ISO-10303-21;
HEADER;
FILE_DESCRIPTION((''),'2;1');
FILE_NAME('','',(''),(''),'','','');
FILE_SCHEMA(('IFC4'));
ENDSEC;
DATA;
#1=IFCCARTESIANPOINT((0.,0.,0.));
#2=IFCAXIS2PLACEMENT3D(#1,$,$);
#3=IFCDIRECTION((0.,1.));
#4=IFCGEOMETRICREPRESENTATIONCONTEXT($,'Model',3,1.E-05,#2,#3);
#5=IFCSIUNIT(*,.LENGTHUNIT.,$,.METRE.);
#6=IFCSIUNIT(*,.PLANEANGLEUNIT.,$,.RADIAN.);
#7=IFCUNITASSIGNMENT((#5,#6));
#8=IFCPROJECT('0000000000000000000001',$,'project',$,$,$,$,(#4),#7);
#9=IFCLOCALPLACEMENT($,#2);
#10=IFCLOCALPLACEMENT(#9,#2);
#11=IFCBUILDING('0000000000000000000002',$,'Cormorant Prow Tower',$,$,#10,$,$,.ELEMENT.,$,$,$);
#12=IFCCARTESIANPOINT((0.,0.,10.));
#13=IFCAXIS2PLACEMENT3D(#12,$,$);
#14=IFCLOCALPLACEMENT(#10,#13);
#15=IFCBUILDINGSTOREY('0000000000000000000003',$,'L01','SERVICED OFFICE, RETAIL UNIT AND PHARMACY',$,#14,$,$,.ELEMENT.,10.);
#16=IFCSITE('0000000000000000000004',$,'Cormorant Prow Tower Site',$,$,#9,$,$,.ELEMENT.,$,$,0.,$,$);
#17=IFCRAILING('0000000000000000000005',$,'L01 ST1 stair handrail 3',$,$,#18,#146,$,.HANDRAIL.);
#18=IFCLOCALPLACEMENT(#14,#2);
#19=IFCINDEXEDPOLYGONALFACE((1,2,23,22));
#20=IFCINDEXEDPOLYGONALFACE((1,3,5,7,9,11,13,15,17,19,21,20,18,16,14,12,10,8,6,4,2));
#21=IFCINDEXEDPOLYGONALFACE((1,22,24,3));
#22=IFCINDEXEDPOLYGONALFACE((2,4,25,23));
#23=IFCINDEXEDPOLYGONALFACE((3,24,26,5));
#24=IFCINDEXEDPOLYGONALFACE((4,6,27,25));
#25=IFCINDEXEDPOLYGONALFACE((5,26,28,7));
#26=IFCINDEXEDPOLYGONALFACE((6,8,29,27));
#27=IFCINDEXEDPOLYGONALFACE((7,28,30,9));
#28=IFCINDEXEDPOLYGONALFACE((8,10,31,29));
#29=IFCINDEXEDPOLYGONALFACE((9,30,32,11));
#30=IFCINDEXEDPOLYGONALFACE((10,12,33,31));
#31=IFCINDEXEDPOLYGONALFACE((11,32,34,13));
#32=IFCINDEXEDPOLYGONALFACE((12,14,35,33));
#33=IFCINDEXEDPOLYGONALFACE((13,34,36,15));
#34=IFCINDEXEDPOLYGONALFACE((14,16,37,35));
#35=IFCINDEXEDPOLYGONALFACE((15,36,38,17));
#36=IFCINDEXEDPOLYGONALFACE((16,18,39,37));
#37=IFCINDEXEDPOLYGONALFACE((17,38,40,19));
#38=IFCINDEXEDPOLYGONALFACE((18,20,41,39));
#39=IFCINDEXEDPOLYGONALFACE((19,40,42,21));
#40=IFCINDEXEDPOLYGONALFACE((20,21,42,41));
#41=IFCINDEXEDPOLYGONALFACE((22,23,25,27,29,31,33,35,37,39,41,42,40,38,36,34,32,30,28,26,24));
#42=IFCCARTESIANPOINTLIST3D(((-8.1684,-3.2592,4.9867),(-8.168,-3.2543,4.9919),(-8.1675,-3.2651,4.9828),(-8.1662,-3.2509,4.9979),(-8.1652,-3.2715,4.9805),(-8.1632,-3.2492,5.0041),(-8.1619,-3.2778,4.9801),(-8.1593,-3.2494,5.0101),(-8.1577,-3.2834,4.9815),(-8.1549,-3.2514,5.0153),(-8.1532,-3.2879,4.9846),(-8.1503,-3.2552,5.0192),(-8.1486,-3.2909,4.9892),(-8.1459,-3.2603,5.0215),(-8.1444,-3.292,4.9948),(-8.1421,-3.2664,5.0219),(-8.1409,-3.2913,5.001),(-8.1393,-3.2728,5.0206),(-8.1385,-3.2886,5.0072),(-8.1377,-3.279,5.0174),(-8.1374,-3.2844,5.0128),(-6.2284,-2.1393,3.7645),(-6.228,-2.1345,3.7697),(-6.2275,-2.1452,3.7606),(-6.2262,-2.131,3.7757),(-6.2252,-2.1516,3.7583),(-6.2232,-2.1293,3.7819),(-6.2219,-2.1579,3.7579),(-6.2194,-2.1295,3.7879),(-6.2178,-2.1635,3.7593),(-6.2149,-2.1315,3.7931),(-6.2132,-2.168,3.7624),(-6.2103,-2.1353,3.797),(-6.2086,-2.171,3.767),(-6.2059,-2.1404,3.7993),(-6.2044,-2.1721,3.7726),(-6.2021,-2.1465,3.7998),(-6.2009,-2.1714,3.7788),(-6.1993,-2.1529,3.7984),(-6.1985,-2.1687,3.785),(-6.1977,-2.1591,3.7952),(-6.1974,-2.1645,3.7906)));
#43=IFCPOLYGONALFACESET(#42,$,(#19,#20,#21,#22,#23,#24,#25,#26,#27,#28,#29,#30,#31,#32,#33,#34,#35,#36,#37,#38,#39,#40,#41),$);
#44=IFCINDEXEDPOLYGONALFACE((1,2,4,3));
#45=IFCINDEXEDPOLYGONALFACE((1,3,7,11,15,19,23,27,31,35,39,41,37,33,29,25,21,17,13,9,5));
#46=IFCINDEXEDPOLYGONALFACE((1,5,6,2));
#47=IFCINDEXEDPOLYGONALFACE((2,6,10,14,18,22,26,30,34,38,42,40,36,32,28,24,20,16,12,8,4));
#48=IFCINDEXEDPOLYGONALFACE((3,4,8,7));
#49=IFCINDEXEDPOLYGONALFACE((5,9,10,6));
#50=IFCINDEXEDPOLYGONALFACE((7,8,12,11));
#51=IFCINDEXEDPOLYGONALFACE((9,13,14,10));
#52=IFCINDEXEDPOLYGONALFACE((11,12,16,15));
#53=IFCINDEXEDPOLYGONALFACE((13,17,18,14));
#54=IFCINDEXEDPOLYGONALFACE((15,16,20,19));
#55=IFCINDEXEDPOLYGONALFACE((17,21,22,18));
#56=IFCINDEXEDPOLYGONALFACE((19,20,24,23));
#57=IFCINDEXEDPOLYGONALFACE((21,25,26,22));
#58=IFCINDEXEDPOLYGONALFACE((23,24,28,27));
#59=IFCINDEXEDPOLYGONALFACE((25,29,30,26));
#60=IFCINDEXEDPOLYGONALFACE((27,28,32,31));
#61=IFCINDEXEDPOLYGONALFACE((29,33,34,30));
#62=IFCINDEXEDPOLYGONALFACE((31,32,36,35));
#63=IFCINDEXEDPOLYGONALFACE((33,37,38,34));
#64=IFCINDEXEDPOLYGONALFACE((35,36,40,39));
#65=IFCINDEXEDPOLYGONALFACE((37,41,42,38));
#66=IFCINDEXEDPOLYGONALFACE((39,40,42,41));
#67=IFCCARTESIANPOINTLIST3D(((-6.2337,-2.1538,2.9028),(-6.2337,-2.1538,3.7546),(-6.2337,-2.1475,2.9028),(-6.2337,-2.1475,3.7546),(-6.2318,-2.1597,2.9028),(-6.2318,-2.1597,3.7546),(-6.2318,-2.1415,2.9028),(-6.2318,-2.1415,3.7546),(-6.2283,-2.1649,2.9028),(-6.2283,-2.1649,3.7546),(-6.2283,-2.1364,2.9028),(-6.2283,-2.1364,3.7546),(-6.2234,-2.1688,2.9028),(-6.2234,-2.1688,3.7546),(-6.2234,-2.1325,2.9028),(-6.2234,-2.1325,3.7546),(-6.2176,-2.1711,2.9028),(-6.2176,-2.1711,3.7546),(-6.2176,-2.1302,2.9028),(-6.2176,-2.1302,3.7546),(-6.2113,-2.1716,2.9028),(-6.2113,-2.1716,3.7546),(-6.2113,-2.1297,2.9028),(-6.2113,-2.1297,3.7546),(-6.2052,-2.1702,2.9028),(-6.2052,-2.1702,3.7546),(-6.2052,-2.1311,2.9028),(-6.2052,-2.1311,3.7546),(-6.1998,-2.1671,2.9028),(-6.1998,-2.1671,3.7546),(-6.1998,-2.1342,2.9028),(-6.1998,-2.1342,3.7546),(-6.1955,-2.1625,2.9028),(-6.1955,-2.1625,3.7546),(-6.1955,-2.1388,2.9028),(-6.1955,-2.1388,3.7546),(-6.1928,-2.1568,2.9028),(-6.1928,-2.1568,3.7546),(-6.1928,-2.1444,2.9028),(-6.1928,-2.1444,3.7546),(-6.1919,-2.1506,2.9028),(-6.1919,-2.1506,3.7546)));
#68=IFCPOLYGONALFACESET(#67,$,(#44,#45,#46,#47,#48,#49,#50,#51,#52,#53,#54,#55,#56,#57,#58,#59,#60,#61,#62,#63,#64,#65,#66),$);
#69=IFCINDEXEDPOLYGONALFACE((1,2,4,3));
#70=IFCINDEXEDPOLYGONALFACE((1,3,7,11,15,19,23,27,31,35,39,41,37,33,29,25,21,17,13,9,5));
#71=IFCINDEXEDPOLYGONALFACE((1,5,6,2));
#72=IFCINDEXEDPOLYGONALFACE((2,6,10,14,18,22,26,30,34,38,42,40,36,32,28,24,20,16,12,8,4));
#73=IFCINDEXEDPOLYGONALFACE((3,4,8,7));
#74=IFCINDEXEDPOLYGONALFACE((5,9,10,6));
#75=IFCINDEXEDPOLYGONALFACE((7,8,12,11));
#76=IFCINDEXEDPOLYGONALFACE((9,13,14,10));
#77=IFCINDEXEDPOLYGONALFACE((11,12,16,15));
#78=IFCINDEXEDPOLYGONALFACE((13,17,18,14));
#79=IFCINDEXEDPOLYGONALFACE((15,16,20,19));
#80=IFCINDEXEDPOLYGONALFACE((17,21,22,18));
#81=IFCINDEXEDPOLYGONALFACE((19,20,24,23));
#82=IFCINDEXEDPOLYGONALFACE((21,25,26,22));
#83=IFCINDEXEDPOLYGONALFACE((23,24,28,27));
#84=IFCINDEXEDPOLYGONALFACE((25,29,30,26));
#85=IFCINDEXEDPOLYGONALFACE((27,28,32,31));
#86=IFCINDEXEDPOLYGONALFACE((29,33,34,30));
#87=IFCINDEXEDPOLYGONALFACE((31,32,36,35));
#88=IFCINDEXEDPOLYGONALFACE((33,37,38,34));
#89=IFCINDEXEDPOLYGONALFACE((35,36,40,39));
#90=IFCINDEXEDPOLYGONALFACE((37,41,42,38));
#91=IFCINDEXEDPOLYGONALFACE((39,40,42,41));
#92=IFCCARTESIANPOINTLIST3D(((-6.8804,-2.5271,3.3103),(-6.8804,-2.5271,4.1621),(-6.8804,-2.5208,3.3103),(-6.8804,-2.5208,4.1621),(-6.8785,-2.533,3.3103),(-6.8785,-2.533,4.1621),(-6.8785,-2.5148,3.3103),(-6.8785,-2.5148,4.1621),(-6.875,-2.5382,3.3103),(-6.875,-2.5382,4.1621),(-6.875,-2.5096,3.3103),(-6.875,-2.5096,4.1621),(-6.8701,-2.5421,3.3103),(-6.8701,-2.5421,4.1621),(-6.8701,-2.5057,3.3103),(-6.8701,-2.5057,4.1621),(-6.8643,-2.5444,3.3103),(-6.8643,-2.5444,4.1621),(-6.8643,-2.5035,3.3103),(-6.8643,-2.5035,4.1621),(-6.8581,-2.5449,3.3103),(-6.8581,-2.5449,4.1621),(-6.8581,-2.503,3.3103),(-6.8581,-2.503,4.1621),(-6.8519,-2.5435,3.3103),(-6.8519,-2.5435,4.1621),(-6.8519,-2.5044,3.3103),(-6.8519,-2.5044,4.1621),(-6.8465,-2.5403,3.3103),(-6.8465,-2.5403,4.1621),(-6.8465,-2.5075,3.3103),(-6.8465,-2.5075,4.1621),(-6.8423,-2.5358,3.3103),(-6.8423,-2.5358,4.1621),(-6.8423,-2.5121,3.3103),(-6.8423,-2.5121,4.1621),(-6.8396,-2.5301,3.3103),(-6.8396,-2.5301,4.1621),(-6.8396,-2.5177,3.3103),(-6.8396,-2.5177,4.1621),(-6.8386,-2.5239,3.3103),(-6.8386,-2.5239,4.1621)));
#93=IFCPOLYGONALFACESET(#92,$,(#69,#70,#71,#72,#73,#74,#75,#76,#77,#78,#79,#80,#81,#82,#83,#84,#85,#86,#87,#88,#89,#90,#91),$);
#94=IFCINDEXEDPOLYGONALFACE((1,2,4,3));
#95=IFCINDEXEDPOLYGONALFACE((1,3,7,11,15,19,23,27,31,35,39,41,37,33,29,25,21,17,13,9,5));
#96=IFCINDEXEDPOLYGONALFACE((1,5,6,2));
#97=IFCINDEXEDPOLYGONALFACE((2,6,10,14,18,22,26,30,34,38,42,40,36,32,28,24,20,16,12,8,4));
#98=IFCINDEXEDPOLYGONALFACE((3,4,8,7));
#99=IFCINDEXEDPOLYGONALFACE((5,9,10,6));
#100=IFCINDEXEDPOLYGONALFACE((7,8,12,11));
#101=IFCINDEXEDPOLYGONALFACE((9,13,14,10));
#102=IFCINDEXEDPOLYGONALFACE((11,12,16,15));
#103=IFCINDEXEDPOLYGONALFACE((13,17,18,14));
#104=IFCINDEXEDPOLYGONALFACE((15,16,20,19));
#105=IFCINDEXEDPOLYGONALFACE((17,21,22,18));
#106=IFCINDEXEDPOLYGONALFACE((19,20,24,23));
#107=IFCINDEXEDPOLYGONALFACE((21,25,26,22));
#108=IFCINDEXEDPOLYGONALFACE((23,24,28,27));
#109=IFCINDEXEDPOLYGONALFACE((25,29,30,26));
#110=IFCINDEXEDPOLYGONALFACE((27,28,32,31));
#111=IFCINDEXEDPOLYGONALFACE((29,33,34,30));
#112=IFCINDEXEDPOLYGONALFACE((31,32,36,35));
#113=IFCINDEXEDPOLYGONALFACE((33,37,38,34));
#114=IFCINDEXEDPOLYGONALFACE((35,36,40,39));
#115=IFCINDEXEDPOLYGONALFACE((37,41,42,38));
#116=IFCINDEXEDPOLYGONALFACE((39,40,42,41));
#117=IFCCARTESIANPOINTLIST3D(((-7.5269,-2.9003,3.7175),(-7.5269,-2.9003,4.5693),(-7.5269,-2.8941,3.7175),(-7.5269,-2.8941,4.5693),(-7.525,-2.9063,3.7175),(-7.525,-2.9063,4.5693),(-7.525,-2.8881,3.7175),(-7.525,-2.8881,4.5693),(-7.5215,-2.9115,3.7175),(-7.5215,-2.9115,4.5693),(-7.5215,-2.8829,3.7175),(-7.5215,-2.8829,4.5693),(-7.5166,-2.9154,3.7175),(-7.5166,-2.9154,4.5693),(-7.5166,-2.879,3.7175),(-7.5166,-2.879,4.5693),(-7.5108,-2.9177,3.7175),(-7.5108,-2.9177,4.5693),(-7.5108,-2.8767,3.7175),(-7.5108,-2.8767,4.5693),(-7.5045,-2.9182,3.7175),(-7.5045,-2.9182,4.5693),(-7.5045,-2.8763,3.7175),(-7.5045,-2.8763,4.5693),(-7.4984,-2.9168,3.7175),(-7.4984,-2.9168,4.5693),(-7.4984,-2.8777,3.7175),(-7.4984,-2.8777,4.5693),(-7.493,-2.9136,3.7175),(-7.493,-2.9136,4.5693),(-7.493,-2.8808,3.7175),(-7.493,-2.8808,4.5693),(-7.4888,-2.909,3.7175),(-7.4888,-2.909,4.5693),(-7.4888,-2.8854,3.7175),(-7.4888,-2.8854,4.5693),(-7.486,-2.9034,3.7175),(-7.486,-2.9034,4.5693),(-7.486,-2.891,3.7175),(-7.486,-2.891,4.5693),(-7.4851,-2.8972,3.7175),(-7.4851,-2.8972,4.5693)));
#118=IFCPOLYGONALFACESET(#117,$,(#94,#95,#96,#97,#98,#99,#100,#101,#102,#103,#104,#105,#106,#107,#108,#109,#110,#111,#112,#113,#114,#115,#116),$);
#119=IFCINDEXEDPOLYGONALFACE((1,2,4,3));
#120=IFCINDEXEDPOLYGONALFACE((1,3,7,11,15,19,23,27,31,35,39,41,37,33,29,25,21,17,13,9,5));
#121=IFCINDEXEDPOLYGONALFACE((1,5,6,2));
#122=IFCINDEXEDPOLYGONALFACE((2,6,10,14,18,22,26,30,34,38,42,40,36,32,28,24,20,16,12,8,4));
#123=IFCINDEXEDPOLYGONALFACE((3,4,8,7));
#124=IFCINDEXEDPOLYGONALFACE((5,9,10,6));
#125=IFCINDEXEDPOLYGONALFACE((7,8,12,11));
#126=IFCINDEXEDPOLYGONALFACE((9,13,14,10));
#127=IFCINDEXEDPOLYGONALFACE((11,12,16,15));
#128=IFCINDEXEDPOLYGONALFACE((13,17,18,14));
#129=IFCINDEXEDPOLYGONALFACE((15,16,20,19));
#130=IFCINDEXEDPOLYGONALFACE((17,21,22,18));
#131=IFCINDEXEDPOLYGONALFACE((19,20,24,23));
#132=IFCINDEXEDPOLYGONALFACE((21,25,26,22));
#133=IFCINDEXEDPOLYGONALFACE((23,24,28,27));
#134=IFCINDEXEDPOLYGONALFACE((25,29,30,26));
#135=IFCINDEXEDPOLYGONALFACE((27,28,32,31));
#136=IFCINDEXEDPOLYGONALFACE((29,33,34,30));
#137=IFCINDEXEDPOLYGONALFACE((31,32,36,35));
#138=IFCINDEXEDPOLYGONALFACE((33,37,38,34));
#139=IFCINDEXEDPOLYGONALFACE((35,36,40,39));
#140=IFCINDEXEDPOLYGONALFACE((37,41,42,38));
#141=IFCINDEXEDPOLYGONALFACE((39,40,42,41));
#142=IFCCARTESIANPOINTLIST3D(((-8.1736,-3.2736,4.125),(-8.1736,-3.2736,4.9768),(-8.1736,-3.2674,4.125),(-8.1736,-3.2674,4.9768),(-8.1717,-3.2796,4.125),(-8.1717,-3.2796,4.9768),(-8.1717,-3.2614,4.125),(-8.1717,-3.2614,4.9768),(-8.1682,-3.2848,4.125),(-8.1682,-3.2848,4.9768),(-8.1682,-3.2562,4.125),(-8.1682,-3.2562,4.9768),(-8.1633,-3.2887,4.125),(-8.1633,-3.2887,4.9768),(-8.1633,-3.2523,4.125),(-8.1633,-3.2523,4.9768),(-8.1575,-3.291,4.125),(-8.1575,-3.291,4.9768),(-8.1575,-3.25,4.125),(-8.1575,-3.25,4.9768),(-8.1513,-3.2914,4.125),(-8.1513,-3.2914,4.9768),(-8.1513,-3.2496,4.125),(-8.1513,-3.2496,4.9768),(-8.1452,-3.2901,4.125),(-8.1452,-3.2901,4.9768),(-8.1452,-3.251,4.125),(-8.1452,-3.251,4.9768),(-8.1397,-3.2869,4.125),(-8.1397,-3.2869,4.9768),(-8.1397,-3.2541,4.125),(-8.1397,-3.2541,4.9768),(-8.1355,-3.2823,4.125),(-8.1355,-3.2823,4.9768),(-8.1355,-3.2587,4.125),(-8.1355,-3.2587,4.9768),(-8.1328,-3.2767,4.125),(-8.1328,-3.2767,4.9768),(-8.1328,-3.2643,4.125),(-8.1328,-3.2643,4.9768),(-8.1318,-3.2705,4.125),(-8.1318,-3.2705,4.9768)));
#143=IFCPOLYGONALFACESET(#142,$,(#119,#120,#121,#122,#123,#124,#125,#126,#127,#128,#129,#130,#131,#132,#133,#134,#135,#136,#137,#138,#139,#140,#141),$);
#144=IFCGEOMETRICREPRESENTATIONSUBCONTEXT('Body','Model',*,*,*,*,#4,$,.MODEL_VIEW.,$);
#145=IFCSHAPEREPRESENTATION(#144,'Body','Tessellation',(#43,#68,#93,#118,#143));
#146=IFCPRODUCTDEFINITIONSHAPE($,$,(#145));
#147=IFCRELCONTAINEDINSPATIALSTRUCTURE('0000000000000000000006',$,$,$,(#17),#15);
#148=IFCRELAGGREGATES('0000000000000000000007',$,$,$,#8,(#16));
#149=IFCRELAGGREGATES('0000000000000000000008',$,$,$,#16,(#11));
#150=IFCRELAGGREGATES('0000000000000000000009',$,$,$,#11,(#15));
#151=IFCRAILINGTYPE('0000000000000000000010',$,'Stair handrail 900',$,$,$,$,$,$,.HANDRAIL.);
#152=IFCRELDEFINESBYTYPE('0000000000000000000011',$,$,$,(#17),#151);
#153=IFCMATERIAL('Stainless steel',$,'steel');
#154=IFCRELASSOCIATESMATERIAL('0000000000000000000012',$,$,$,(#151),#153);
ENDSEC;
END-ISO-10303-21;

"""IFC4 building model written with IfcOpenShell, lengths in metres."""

from ifc_helpers import new_model, si_unit, direction, frame, origin, origin_2d, place, context, subcontext, project, spatial, circle, extrude, material, type_object, element, save


model = new_model("IFC4")

# Units and contexts
model_context = context("Model", 3, precision=1e-05, world=origin(), true_north=direction((0.0, 1.0)))
body_context = subcontext(model_context, "Body", "Model", "MODEL_VIEW")
ifc_project = project(units=[si_unit("LENGTHUNIT", "METRE"), si_unit("PLANEANGLEUNIT", "RADIAN")], contexts=[model_context])

# Site, building, storey
site_placement = place(None, origin())
site = spatial("IfcSite", under=ifc_project, at=site_placement, Name="Cormorant Prow Tower Site", CompositionType="ELEMENT", RefElevation=0.0)
building_placement = place(site_placement, origin())
building = spatial("IfcBuilding", under=site, at=building_placement, Name="Cormorant Prow Tower", CompositionType="ELEMENT")
storey_placement = place(building_placement, frame((0.0, 0.0, 10.0)))
storey = spatial("IfcBuildingStorey", under=building, at=storey_placement, Name="L01", Description="SERVICED OFFICE, RETAIL UNIT AND PHARMACY", CompositionType="ELEMENT", Elevation=10.0)

# Railing
ifc_material_1 = material(Name="Stainless steel", Category="steel")
railing_type_1 = type_object("IfcRailingType", Name="Stair handrail 900", PredefinedType="HANDRAIL", material=ifc_material_1)
railing_1_placement = place(storey_placement, frame((-6.2129, -2.1506, 2.9028)))
element("IfcRailing", 1, at=railing_1_placement, inside=storey, type_object=railing_type_1, Name="L01 ST1 stair handrail 3", PredefinedType="HANDRAIL", context=body_context, shape_type="SweptSolid", body=[
    extrude(circle(Radius=0.0239, at=origin_2d()), frame((0.0, 0.0, 0.876), z_axis=(-0.760254, -0.438873, 0.478962), x_axis=(0.499949, -0.866055, 0.0)), (0.0, 0.0, 1.0), 2.5518),
    extrude(circle(Radius=0.021, at=origin_2d()), origin(), (0.0, 0.0, 1.0), 0.8518),
    extrude(circle(Radius=0.021, at=origin_2d()), frame((-0.6467, -0.3733, 0.4075)), (0.0, 0.0, 1.0), 0.8518),
    extrude(circle(Radius=0.021, at=origin_2d()), frame((-1.2932, -0.7466, 0.8147)), (0.0, 0.0, 1.0), 0.8518),
    extrude(circle(Radius=0.021, at=origin_2d()), frame((-1.9399, -1.1199, 1.2222)), (0.0, 0.0, 1.0), 0.8518),
])

save(model, "model.ifc")
